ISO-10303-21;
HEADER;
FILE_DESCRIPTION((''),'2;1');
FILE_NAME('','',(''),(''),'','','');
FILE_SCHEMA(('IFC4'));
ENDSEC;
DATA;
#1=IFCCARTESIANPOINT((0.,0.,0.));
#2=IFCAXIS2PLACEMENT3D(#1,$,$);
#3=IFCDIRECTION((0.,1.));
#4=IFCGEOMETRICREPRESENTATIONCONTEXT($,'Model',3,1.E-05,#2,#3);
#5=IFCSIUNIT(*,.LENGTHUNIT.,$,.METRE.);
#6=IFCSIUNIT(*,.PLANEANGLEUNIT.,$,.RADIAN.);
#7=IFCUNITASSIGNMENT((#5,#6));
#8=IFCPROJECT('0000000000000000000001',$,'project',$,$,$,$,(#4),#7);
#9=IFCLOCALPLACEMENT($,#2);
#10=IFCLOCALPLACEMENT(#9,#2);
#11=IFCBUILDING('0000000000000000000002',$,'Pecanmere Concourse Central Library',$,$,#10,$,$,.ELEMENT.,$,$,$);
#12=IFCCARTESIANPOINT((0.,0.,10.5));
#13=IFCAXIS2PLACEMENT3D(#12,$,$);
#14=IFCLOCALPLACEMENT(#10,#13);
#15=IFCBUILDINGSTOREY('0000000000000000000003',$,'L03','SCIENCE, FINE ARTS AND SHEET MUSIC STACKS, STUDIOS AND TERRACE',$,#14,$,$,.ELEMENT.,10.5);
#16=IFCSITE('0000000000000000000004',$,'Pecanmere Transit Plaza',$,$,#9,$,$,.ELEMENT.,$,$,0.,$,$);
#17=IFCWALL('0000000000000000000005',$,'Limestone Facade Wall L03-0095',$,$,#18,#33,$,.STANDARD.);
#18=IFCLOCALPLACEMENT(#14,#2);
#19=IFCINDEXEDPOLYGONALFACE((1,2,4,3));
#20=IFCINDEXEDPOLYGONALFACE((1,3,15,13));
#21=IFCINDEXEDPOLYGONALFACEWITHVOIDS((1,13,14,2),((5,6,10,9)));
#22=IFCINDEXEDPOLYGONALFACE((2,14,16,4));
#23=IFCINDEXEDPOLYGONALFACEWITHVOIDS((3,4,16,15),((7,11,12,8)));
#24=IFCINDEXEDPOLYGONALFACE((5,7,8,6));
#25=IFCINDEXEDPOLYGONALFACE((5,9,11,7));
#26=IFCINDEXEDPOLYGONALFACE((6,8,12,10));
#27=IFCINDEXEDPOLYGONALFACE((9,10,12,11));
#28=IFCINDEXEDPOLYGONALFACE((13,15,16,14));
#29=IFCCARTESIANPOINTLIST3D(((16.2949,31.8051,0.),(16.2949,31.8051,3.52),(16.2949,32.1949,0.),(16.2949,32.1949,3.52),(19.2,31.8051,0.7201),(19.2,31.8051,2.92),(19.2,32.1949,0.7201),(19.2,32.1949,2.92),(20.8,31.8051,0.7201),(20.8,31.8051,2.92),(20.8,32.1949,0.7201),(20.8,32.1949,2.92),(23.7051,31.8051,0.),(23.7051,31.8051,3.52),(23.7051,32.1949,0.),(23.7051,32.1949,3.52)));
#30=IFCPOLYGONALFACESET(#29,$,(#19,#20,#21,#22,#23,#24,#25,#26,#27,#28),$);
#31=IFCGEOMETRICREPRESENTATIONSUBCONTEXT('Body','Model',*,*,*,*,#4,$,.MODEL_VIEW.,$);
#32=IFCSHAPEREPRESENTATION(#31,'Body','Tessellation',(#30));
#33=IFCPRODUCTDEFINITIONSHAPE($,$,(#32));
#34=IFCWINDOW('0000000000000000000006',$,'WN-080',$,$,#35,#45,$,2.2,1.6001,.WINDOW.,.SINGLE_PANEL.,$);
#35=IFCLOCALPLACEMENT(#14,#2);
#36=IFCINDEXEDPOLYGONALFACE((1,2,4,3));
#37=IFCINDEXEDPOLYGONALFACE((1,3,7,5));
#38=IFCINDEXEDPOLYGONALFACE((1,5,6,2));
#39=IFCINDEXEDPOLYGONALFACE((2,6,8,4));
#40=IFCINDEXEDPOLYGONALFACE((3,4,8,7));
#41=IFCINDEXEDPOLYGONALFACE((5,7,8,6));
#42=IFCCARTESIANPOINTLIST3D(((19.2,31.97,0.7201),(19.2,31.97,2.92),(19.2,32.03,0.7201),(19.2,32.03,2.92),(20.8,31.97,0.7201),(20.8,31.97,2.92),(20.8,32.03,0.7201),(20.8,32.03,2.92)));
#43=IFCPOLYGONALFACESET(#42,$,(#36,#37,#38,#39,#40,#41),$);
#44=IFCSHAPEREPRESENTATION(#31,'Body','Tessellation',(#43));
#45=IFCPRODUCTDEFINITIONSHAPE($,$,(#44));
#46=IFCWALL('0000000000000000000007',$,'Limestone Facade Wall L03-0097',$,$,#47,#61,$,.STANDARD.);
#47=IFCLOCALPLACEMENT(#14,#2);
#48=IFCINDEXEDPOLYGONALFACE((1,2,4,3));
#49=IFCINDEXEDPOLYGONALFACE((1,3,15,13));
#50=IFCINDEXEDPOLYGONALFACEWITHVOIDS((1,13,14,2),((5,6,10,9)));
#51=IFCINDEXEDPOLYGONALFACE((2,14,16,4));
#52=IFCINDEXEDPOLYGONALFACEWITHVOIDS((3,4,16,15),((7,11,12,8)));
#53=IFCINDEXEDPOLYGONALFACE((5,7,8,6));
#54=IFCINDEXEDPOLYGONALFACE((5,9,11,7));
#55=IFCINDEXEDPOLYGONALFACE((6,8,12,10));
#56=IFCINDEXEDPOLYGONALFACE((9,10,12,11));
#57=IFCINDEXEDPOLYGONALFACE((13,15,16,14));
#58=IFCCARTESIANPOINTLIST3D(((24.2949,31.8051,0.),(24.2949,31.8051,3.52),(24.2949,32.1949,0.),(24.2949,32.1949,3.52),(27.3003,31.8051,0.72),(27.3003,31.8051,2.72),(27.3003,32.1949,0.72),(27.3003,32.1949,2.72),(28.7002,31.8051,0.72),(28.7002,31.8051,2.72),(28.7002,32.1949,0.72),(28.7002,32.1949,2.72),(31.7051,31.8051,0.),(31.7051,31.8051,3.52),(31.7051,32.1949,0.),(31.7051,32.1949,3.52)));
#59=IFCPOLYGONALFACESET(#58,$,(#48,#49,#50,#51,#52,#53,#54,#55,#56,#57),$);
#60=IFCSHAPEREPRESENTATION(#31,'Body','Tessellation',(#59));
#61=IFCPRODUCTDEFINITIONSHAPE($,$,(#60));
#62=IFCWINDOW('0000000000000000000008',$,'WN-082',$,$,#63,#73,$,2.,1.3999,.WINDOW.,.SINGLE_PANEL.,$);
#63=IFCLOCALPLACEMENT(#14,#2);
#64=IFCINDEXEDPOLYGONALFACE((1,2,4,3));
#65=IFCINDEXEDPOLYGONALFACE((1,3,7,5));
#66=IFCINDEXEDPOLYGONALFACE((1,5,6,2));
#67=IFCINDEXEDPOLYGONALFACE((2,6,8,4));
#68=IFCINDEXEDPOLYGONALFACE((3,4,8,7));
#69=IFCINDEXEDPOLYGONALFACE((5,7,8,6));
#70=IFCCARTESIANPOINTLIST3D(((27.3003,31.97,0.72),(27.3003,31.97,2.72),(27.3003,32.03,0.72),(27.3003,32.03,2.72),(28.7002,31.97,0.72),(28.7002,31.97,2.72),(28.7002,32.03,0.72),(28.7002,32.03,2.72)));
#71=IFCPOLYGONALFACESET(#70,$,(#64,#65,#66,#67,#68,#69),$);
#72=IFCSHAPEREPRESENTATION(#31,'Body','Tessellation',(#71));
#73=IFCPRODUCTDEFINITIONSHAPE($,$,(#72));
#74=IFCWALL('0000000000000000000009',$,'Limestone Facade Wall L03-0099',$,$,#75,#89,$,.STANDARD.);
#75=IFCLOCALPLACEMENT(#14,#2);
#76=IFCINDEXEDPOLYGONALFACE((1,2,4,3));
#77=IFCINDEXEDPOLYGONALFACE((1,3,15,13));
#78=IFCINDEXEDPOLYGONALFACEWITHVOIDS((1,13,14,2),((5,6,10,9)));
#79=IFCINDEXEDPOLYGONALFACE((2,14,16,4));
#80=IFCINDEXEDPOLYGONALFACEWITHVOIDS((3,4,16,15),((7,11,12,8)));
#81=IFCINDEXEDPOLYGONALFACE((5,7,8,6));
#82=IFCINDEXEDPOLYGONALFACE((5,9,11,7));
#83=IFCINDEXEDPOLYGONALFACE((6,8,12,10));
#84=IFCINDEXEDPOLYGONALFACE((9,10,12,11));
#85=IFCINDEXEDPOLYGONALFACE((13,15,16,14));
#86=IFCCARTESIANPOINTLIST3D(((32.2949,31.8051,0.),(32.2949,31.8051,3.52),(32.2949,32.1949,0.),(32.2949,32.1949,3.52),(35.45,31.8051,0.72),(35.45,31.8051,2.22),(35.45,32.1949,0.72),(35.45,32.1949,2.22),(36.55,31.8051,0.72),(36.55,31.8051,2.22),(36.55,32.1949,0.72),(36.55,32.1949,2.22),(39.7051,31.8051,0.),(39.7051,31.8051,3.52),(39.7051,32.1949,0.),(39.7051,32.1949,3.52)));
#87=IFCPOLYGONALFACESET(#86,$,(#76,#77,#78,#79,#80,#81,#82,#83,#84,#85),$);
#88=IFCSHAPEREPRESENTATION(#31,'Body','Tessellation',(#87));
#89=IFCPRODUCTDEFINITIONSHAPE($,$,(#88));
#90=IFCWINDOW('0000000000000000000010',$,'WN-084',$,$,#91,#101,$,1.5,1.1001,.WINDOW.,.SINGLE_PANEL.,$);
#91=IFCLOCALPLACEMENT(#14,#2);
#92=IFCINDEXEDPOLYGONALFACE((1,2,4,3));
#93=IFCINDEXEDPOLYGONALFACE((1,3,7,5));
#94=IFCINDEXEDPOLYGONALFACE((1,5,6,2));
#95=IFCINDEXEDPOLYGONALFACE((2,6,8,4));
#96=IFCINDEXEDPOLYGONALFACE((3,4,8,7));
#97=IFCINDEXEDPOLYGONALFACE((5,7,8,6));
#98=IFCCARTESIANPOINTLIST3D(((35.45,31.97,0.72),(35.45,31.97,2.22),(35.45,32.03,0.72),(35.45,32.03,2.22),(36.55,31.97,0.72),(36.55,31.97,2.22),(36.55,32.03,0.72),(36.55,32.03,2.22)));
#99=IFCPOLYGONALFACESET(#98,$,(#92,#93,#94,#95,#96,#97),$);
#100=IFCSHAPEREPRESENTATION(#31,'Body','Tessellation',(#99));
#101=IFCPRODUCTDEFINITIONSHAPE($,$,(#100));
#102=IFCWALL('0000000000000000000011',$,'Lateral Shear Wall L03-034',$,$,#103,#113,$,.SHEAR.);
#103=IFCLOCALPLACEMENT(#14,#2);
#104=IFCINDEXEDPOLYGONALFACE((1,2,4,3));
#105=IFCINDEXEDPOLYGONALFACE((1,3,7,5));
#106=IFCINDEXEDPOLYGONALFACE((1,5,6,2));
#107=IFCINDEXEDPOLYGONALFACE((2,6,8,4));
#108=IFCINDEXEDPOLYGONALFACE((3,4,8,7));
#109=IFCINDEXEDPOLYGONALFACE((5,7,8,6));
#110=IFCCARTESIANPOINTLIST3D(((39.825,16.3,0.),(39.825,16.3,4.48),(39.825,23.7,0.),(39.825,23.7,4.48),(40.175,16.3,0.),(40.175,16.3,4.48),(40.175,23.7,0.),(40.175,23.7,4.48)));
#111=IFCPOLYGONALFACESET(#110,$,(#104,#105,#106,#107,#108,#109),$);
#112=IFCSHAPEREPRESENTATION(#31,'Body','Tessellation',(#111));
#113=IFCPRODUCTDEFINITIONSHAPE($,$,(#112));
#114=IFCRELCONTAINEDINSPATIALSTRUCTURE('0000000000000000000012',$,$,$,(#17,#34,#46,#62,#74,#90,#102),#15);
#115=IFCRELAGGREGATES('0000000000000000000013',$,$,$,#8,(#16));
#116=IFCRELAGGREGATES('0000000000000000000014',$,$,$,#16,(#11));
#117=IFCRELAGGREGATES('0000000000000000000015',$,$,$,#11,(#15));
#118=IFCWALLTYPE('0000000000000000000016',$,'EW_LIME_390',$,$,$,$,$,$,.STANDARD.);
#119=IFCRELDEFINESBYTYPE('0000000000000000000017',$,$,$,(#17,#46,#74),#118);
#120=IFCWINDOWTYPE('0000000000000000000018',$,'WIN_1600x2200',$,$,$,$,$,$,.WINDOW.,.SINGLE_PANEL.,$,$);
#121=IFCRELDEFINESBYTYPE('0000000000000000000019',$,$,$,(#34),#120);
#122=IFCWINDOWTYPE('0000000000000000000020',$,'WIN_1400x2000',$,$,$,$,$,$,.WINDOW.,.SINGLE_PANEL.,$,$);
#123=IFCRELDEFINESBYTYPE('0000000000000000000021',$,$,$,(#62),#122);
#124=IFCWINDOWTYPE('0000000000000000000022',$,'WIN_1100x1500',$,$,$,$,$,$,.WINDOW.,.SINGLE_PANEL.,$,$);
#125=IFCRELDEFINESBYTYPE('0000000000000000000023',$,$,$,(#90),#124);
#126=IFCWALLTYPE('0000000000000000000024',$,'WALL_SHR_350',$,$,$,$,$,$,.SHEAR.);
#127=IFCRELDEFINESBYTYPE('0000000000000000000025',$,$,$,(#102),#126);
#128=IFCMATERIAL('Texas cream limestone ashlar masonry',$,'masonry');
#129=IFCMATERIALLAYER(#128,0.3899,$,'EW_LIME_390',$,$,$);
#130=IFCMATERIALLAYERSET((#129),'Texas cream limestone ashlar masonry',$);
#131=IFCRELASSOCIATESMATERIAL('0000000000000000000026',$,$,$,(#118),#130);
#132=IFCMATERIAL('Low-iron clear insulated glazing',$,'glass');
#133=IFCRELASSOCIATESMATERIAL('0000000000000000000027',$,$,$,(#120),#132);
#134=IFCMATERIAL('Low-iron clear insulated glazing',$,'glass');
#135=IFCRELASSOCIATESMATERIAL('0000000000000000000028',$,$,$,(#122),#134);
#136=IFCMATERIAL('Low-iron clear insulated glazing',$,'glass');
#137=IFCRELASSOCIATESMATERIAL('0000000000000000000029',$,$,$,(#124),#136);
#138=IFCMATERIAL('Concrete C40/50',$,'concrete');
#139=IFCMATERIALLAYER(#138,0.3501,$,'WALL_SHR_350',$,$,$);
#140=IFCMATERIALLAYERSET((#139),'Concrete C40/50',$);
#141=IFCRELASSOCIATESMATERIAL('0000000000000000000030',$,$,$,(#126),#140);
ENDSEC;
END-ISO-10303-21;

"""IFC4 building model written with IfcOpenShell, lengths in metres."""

from ifc_helpers import new_model, si_unit, direction, frame, frame_2d, origin, place, context, subcontext, project, spatial, rectangle, extrude, material, layer, layer_set, type_object, element, fill, save


model = new_model("IFC4")

# Units and contexts
model_context = context("Model", 3, precision=1e-05, world=origin(), true_north=direction((0.0, 1.0)))
body_context = subcontext(model_context, "Body", "Model", "MODEL_VIEW")
ifc_project = project(units=[si_unit("LENGTHUNIT", "METRE"), si_unit("PLANEANGLEUNIT", "RADIAN")], contexts=[model_context])

# Site, building, storey
site_placement = place(None, origin())
site = spatial("IfcSite", under=ifc_project, at=site_placement, Name="Pecanmere Transit Plaza", CompositionType="ELEMENT", RefElevation=0.0)
building_placement = place(site_placement, origin())
building = spatial("IfcBuilding", under=site, at=building_placement, Name="Pecanmere Concourse Central Library", CompositionType="ELEMENT")
storey_placement = place(building_placement, frame((0.0, 0.0, 10.5)))
storey = spatial("IfcBuildingStorey", under=building, at=storey_placement, Name="L03", Description="SCIENCE, FINE ARTS AND SHEET MUSIC STACKS, STUDIOS AND TERRACE", CompositionType="ELEMENT", Elevation=10.5)

# Walls, openings, windows
ifc_material_1 = material(Name="Texas cream limestone ashlar masonry", Category="masonry")
ifc_layer_1 = layer(ifc_material_1, 0.3899, Name="EW_LIME_390")
ifc_layer_set_1 = layer_set([ifc_layer_1], Name="Texas cream limestone ashlar masonry")
wall_type_1 = type_object("IfcWallType", Name="EW_LIME_390", PredefinedType="STANDARD", material=ifc_layer_set_1)
wall_1_placement = place(storey_placement, frame((23.7051, 32.0, 0.0), z_axis=(0.0, 0.0, 1.0), x_axis=(-1.0, 0.0, 0.0)))
wall_1 = element("IfcWall", 1, at=wall_1_placement, inside=storey, type_object=wall_type_1, Name="Limestone Facade Wall L03-0095", PredefinedType="STANDARD", context=body_context, shape_type="SweptSolid", body=[
    extrude(rectangle(XDim=7.4102, YDim=0.3899, at=frame_2d((3.7051, 0.0))), origin(), (0.0, 0.0, 1.0), 3.52),
])
opening_1_placement = place(wall_1_placement, frame((2.905, 0.0, 0.72)))
opening_1 = element("IfcOpeningElement", 2, at=opening_1_placement, cuts=wall_1, PredefinedType="OPENING", context=body_context, shape_type="SweptSolid", body=[
    extrude(rectangle(XDim=1.6001, YDim=2.2, at=frame_2d((0.8, 1.1001))), frame((0.0, 0.207, 0.0), z_axis=(0.0, -1.0, 0.0), x_axis=(1.0, 0.0, 0.0)), (0.0, 0.0, 1.0), 0.4138),
])
ifc_material_2 = material(Name="Low-iron clear insulated glazing", Category="glass")
window_type_1 = type_object("IfcWindowType", Name="WIN_1600x2200", PartitioningType="SINGLE_PANEL", PredefinedType="WINDOW", material=ifc_material_2)
window_1_placement = place(opening_1_placement, origin())
window_1 = element("IfcWindow", 3, at=window_1_placement, inside=storey, type_object=window_type_1, Name="WN-080", OverallHeight=2.2, OverallWidth=1.6001, PartitioningType="SINGLE_PANEL", PredefinedType="WINDOW", context=body_context, shape_type="SweptSolid", body=[
    extrude(rectangle(XDim=1.6001, YDim=2.2, at=frame_2d((0.8, 1.1001))), frame((0.0, 0.03, 0.0), z_axis=(0.0, -1.0, 0.0), x_axis=(1.0, 0.0, 0.0)), (0.0, 0.0, 1.0), 0.0601),
])
fill(opening_1, window_1)
wall_2_placement = place(storey_placement, frame((31.7051, 32.0, 0.0), z_axis=(0.0, 0.0, 1.0), x_axis=(-1.0, 0.0, 0.0)))
wall_2 = element("IfcWall", 4, at=wall_2_placement, inside=storey, type_object=wall_type_1, Name="Limestone Facade Wall L03-0097", PredefinedType="STANDARD", context=body_context, shape_type="SweptSolid", body=[
    extrude(rectangle(XDim=7.4102, YDim=0.3899, at=frame_2d((3.7051, 0.0))), origin(), (0.0, 0.0, 1.0), 3.52),
])
opening_2_placement = place(wall_2_placement, frame((3.0049, 0.0, 0.72)))
opening_2 = element("IfcOpeningElement", 5, at=opening_2_placement, cuts=wall_2, PredefinedType="OPENING", context=body_context, shape_type="SweptSolid", body=[
    extrude(rectangle(XDim=1.3999, YDim=2.0, at=frame_2d((0.7, 1.0))), frame((0.0, 0.207, 0.0), z_axis=(0.0, -1.0, 0.0), x_axis=(1.0, 0.0, 0.0)), (0.0, 0.0, 1.0), 0.4138),
])
ifc_material_3 = material(Name="Low-iron clear insulated glazing", Category="glass")
window_type_2 = type_object("IfcWindowType", Name="WIN_1400x2000", PartitioningType="SINGLE_PANEL", PredefinedType="WINDOW", material=ifc_material_3)
window_2_placement = place(opening_2_placement, origin())
window_2 = element("IfcWindow", 6, at=window_2_placement, inside=storey, type_object=window_type_2, Name="WN-082", OverallHeight=2.0, OverallWidth=1.3999, PartitioningType="SINGLE_PANEL", PredefinedType="WINDOW", context=body_context, shape_type="SweptSolid", body=[
    extrude(rectangle(XDim=1.3999, YDim=2.0, at=frame_2d((0.7, 1.0))), frame((0.0, 0.03, 0.0), z_axis=(0.0, -1.0, 0.0), x_axis=(1.0, 0.0, 0.0)), (0.0, 0.0, 1.0), 0.0601),
])
fill(opening_2, window_2)
wall_3_placement = place(storey_placement, frame((39.7051, 32.0, 0.0), z_axis=(0.0, 0.0, 1.0), x_axis=(-1.0, 0.0, 0.0)))
wall_3 = element("IfcWall", 7, at=wall_3_placement, inside=storey, type_object=wall_type_1, Name="Limestone Facade Wall L03-0099", PredefinedType="STANDARD", context=body_context, shape_type="SweptSolid", body=[
    extrude(rectangle(XDim=7.4102, YDim=0.3899, at=frame_2d((3.7051, 0.0))), origin(), (0.0, 0.0, 1.0), 3.52),
])
opening_3_placement = place(wall_3_placement, frame((3.155, 0.0, 0.72)))
opening_3 = element("IfcOpeningElement", 8, at=opening_3_placement, cuts=wall_3, PredefinedType="OPENING", context=body_context, shape_type="SweptSolid", body=[
    extrude(rectangle(XDim=1.1001, YDim=1.5, at=frame_2d((0.55, 0.75))), frame((0.0, 0.207, 0.0), z_axis=(0.0, -1.0, 0.0), x_axis=(1.0, 0.0, 0.0)), (0.0, 0.0, 1.0), 0.4138),
])
ifc_material_4 = material(Name="Low-iron clear insulated glazing", Category="glass")
window_type_3 = type_object("IfcWindowType", Name="WIN_1100x1500", PartitioningType="SINGLE_PANEL", PredefinedType="WINDOW", material=ifc_material_4)
window_3_placement = place(opening_3_placement, origin())
window_3 = element("IfcWindow", 9, at=window_3_placement, inside=storey, type_object=window_type_3, Name="WN-084", OverallHeight=1.5, OverallWidth=1.1001, PartitioningType="SINGLE_PANEL", PredefinedType="WINDOW", context=body_context, shape_type="SweptSolid", body=[
    extrude(rectangle(XDim=1.1001, YDim=1.5, at=frame_2d((0.55, 0.75))), frame((0.0, 0.03, 0.0), z_axis=(0.0, -1.0, 0.0), x_axis=(1.0, 0.0, 0.0)), (0.0, 0.0, 1.0), 0.0601),
])
fill(opening_3, window_3)

# Wall
ifc_material_5 = material(Name="Concrete C40/50", Category="concrete")
ifc_layer_2 = layer(ifc_material_5, 0.3501, Name="WALL_SHR_350")
ifc_layer_set_2 = layer_set([ifc_layer_2], Name="Concrete C40/50")
wall_type_2 = type_object("IfcWallType", Name="WALL_SHR_350", PredefinedType="SHEAR", material=ifc_layer_set_2)
wall_4_placement = place(storey_placement, frame((40.0, 16.3, 0.0), z_axis=(0.0, 0.0, 1.0), x_axis=(0.0, 1.0, 0.0)))
element("IfcWall", 10, at=wall_4_placement, inside=storey, type_object=wall_type_2, Name="Lateral Shear Wall L03-034", PredefinedType="SHEAR", context=body_context, shape_type="SweptSolid", body=[
    extrude(rectangle(XDim=7.3999, YDim=0.3501, at=frame_2d((3.7, 0.0))), origin(), (0.0, 0.0, 1.0), 4.48),
])

save(model, "model.ifc")
